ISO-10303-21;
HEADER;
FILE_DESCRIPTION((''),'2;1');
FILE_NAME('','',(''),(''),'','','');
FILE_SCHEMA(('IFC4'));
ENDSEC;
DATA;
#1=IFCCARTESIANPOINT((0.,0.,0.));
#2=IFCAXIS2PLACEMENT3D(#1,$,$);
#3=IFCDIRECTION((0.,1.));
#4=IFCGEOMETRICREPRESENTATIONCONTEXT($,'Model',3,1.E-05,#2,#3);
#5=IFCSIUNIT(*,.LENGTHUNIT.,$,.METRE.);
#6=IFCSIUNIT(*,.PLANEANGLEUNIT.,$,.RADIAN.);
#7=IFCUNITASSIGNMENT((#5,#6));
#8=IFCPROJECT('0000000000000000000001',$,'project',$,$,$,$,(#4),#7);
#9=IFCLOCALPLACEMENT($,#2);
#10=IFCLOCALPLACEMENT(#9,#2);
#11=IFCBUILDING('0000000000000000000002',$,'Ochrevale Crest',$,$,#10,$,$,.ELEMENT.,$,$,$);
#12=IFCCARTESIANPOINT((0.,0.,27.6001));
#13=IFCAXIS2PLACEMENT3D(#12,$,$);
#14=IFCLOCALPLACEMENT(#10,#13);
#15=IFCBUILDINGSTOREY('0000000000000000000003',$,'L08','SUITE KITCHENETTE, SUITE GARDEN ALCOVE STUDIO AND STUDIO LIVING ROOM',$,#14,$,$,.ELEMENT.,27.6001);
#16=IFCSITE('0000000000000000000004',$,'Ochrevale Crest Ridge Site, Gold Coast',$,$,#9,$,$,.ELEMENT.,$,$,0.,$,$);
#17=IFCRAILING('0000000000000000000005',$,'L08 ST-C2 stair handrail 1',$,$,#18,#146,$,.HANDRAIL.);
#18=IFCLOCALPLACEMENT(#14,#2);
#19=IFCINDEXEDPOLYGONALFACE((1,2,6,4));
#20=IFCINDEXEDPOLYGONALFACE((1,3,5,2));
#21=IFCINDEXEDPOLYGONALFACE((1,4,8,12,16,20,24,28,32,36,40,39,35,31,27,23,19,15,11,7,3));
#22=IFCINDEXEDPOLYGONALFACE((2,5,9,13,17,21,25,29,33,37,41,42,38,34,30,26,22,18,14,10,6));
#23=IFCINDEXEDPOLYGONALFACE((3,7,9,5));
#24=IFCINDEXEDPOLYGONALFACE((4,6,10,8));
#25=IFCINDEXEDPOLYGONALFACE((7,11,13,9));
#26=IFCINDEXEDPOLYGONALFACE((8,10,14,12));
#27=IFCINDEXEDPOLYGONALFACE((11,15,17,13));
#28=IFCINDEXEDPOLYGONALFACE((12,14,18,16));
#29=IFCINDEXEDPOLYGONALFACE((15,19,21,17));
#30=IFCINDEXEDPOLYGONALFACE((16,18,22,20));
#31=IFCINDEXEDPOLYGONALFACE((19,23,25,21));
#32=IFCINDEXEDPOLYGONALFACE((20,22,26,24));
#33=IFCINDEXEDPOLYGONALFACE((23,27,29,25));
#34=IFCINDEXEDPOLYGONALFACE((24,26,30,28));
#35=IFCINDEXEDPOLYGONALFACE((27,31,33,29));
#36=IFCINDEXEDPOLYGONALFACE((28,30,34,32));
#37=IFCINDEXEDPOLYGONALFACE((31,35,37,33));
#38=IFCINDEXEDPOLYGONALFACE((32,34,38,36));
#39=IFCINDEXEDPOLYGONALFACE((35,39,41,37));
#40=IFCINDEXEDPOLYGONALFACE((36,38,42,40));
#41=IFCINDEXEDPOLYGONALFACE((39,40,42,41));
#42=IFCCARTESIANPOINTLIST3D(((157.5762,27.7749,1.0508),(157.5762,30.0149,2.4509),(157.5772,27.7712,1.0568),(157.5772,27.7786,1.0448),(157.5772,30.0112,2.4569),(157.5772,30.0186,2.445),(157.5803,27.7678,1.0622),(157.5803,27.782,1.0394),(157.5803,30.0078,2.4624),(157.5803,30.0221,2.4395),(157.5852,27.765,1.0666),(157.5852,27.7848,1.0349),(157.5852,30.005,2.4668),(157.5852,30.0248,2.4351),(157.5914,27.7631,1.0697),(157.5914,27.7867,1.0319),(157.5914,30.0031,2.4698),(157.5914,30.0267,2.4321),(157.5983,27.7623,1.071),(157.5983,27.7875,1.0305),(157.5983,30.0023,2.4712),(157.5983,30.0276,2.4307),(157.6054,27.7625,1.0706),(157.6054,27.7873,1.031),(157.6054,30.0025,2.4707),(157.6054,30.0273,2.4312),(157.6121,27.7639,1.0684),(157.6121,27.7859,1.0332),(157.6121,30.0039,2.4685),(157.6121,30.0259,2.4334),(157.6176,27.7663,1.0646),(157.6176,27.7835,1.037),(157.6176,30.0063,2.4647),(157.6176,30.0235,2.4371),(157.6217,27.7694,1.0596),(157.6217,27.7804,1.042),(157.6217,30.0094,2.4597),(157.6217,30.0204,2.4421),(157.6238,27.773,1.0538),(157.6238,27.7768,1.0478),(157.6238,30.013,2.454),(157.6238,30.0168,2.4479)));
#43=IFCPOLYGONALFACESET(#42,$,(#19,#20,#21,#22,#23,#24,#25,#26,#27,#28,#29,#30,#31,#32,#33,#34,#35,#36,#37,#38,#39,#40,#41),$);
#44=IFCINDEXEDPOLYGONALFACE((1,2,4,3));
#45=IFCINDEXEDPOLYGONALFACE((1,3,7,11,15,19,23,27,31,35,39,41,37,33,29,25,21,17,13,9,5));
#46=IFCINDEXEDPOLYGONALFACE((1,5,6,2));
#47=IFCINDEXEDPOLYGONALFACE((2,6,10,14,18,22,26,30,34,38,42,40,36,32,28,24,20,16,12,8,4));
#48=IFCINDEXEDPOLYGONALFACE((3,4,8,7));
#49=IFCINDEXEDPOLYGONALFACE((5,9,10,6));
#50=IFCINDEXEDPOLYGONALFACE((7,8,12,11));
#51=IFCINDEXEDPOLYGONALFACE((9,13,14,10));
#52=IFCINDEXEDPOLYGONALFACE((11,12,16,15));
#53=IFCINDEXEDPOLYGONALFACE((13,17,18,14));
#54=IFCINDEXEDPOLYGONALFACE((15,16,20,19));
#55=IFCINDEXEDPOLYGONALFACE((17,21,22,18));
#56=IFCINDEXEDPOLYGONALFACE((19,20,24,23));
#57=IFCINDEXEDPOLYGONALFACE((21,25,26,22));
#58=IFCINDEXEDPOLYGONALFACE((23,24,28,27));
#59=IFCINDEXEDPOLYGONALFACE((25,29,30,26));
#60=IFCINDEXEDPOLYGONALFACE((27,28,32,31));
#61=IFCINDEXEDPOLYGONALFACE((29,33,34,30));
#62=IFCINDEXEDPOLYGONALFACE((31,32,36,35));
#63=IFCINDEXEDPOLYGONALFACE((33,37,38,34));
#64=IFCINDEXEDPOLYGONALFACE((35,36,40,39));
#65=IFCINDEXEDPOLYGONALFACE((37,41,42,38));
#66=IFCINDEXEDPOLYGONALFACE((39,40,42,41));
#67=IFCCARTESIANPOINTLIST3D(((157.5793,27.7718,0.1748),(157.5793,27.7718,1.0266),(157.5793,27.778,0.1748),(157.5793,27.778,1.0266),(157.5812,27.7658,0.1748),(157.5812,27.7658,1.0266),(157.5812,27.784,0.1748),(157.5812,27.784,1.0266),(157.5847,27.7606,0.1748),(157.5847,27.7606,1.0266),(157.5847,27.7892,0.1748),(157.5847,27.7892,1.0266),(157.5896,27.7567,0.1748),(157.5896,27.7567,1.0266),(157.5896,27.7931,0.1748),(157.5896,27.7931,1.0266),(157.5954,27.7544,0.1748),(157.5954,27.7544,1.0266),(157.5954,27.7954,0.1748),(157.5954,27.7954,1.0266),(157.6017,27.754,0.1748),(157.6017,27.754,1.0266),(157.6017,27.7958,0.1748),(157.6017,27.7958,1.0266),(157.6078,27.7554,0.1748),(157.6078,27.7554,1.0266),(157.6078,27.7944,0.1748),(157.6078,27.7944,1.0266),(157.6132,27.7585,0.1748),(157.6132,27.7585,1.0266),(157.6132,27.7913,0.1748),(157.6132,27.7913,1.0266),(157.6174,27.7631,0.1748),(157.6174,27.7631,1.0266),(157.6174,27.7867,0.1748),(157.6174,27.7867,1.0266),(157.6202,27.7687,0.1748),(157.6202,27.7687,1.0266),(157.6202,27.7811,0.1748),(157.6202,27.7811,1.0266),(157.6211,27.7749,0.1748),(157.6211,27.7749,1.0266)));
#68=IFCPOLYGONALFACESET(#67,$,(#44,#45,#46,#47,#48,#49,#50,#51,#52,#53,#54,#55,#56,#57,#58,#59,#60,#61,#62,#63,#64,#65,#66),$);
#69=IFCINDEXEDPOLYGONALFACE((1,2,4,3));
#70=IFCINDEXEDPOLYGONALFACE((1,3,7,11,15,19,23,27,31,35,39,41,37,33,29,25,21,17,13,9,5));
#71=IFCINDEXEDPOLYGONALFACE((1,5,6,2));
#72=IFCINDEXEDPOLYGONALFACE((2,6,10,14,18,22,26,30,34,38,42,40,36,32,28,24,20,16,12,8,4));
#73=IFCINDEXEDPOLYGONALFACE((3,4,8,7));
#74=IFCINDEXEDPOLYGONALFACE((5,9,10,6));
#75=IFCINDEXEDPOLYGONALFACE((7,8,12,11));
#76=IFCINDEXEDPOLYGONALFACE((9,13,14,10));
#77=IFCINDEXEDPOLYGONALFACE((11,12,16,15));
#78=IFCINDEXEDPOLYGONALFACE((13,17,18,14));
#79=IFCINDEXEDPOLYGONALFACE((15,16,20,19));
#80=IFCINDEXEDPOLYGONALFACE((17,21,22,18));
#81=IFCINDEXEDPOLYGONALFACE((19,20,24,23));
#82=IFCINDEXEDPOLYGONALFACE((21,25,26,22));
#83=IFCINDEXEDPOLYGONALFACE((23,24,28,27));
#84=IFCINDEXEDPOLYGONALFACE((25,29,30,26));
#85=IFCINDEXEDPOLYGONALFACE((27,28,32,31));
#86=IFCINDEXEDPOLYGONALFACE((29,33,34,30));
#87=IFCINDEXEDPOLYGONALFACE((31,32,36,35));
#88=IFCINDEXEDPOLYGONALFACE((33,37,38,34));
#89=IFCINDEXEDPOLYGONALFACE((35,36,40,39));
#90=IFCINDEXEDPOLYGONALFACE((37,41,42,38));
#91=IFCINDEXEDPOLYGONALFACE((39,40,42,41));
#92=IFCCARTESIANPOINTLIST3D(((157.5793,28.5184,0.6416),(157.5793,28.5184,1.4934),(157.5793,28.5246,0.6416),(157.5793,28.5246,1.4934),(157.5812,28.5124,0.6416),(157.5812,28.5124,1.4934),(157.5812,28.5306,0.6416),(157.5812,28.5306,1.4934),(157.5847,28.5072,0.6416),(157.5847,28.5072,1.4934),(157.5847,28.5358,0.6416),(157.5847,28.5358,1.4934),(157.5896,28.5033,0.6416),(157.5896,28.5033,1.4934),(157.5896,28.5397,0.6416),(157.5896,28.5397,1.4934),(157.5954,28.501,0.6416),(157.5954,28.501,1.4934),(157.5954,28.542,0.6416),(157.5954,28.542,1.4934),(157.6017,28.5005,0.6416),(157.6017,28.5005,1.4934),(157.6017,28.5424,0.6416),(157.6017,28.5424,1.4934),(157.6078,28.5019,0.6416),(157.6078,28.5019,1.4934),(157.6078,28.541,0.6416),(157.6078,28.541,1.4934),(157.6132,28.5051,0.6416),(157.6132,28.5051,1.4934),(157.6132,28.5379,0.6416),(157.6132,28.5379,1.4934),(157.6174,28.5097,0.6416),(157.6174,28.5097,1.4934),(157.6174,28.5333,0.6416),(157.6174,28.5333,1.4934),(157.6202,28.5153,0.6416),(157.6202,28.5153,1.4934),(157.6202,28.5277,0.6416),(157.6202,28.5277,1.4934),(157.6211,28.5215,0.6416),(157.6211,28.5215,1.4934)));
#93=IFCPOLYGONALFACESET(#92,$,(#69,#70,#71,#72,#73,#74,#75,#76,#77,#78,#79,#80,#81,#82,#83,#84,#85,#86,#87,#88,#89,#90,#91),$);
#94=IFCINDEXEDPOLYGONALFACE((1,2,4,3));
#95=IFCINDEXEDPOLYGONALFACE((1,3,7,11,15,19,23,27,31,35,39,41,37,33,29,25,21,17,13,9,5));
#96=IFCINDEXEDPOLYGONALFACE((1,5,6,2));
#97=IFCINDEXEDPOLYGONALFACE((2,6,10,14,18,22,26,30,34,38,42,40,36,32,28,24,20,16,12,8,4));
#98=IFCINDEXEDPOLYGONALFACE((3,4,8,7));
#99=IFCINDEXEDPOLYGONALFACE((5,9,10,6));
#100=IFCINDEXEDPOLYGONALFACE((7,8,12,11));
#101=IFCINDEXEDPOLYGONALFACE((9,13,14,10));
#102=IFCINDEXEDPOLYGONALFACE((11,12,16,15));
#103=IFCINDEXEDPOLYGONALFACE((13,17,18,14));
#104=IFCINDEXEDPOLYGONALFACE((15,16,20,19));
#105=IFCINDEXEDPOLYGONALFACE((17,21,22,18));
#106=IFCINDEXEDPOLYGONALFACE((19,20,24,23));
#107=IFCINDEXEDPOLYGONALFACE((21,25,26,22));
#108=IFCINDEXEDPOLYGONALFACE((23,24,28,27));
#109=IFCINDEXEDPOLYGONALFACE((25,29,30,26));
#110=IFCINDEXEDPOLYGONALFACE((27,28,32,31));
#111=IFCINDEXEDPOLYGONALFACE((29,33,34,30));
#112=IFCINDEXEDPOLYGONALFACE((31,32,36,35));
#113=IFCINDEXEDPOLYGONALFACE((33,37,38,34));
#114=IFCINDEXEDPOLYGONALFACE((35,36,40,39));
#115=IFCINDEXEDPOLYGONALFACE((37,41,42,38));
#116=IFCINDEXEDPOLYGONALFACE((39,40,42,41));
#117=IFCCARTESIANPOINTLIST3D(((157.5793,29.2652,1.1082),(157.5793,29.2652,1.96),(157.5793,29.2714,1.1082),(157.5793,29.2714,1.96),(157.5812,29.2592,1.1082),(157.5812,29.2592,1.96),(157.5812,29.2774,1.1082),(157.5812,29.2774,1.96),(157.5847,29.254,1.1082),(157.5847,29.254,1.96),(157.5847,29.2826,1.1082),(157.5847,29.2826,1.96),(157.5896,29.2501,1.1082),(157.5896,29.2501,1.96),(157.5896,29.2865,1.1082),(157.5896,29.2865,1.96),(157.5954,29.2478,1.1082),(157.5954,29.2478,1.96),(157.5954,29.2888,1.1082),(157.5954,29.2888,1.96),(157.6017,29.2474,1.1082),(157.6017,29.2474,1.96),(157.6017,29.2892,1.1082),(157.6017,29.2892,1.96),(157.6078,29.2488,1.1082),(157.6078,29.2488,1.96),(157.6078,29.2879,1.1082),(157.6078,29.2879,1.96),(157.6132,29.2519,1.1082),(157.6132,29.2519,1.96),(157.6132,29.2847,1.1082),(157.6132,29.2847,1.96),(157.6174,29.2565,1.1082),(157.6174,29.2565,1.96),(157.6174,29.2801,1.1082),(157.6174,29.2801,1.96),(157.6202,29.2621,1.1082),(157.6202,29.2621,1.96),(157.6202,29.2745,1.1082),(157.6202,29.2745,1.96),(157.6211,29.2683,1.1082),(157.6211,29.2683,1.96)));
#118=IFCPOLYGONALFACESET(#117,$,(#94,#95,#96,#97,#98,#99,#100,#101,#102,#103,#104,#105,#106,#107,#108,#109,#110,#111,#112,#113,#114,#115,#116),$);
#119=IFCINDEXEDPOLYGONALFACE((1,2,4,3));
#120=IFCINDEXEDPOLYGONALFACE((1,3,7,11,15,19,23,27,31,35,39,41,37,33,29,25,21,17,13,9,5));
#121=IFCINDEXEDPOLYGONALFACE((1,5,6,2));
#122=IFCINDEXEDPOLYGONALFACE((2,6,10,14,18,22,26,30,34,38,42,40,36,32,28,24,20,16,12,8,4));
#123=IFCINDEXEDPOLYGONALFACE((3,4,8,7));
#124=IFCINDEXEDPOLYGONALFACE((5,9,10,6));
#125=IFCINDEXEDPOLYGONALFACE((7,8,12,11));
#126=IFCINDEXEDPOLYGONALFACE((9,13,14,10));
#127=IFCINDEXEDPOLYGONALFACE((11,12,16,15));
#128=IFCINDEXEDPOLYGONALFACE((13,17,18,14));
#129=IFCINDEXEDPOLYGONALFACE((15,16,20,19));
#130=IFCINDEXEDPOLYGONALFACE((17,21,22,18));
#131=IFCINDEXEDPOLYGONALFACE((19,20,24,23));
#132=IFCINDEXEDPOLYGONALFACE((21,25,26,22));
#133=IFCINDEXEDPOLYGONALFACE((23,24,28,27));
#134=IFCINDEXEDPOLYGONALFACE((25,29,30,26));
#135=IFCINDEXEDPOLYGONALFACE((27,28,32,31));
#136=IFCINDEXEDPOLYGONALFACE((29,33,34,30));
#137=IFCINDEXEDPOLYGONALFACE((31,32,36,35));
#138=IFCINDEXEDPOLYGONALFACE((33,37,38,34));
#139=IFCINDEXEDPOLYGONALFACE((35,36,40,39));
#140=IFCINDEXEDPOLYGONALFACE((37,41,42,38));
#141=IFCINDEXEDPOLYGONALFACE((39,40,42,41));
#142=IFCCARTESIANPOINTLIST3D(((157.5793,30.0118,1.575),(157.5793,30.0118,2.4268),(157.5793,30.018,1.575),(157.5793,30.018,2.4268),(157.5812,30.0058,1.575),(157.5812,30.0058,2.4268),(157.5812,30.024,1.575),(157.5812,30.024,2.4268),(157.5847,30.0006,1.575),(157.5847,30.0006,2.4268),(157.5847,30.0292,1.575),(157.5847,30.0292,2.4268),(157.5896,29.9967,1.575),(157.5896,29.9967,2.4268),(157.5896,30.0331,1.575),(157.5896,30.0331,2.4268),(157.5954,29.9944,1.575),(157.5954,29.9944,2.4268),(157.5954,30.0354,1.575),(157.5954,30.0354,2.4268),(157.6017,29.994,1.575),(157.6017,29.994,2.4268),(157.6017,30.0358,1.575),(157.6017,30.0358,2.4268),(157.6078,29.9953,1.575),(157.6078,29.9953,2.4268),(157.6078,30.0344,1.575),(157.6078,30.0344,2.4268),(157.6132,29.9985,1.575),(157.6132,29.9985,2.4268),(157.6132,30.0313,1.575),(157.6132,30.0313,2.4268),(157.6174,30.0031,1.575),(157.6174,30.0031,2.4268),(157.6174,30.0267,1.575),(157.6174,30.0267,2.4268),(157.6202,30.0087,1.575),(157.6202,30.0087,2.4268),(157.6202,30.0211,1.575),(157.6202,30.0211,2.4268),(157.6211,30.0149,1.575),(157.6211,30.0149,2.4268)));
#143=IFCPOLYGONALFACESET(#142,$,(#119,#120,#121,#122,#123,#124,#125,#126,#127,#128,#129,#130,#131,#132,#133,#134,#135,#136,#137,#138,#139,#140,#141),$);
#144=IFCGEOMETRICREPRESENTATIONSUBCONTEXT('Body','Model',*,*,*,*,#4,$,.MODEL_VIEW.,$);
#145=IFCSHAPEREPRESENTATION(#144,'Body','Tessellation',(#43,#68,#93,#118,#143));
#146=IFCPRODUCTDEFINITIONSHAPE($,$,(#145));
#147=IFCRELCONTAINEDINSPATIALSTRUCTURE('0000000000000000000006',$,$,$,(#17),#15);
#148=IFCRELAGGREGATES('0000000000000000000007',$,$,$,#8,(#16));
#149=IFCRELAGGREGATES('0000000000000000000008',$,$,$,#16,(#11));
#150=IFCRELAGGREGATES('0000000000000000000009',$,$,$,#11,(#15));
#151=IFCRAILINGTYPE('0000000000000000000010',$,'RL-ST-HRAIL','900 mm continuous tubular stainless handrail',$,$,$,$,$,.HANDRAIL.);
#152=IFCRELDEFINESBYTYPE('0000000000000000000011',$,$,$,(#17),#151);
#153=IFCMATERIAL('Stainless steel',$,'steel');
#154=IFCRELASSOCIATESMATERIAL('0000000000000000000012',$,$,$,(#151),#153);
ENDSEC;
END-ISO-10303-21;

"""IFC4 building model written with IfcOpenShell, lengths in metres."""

from ifc_helpers import new_model, si_unit, direction, frame, origin, origin_2d, place, context, subcontext, project, spatial, circle, extrude, material, type_object, element, save


model = new_model("IFC4")

# Units and contexts
model_context = context("Model", 3, precision=1e-05, world=origin(), true_north=direction((0.0, 1.0)))
body_context = subcontext(model_context, "Body", "Model", "MODEL_VIEW")
ifc_project = project(units=[si_unit("LENGTHUNIT", "METRE"), si_unit("PLANEANGLEUNIT", "RADIAN")], contexts=[model_context])

# Site, building, storey
site_placement = place(None, origin())
site = spatial("IfcSite", under=ifc_project, at=site_placement, Name="Ochrevale Crest Ridge Site, Gold Coast", CompositionType="ELEMENT", RefElevation=0.0)
building_placement = place(site_placement, origin())
building = spatial("IfcBuilding", under=site, at=building_placement, Name="Ochrevale Crest", CompositionType="ELEMENT")
storey_placement = place(building_placement, frame((0.0, 0.0, 27.6001)))
storey = spatial("IfcBuildingStorey", under=building, at=storey_placement, Name="L08", Description="SUITE KITCHENETTE, SUITE GARDEN ALCOVE STUDIO AND STUDIO LIVING ROOM", CompositionType="ELEMENT", Elevation=27.6001)

# Railing
ifc_material_1 = material(Name="Stainless steel", Category="steel")
railing_type_1 = type_object("IfcRailingType", Name="RL-ST-HRAIL", Description="900 mm continuous tubular stainless handrail", PredefinedType="HANDRAIL", material=ifc_material_1)
railing_1_placement = place(storey_placement, frame((157.6001, 27.7749, 0.1748)))
element("IfcRailing", 1, at=railing_1_placement, inside=storey, type_object=railing_type_1, Name="L08 ST-C2 stair handrail 1", PredefinedType="HANDRAIL", context=body_context, shape_type="SweptSolid", body=[
    extrude(circle(Radius=0.0239, at=origin_2d()), frame((0.0, 0.0, 0.876), z_axis=(0.0, 0.847972, 0.53004), x_axis=(-1.0, 0.0, 0.0)), (0.0, 0.0, 1.0), 2.6416),
    extrude(circle(Radius=0.021, at=origin_2d()), origin(), (0.0, 0.0, 1.0), 0.8518),
    extrude(circle(Radius=0.021, at=origin_2d()), frame((0.0, 0.7466, 0.4668)), (0.0, 0.0, 1.0), 0.8518),
    extrude(circle(Radius=0.021, at=origin_2d()), frame((0.0, 1.4934, 0.9333)), (0.0, 0.0, 1.0), 0.8518),
    extrude(circle(Radius=0.021, at=origin_2d()), frame((0.0, 2.24, 1.4001)), (0.0, 0.0, 1.0), 0.8518),
])

save(model, "model.ifc")
